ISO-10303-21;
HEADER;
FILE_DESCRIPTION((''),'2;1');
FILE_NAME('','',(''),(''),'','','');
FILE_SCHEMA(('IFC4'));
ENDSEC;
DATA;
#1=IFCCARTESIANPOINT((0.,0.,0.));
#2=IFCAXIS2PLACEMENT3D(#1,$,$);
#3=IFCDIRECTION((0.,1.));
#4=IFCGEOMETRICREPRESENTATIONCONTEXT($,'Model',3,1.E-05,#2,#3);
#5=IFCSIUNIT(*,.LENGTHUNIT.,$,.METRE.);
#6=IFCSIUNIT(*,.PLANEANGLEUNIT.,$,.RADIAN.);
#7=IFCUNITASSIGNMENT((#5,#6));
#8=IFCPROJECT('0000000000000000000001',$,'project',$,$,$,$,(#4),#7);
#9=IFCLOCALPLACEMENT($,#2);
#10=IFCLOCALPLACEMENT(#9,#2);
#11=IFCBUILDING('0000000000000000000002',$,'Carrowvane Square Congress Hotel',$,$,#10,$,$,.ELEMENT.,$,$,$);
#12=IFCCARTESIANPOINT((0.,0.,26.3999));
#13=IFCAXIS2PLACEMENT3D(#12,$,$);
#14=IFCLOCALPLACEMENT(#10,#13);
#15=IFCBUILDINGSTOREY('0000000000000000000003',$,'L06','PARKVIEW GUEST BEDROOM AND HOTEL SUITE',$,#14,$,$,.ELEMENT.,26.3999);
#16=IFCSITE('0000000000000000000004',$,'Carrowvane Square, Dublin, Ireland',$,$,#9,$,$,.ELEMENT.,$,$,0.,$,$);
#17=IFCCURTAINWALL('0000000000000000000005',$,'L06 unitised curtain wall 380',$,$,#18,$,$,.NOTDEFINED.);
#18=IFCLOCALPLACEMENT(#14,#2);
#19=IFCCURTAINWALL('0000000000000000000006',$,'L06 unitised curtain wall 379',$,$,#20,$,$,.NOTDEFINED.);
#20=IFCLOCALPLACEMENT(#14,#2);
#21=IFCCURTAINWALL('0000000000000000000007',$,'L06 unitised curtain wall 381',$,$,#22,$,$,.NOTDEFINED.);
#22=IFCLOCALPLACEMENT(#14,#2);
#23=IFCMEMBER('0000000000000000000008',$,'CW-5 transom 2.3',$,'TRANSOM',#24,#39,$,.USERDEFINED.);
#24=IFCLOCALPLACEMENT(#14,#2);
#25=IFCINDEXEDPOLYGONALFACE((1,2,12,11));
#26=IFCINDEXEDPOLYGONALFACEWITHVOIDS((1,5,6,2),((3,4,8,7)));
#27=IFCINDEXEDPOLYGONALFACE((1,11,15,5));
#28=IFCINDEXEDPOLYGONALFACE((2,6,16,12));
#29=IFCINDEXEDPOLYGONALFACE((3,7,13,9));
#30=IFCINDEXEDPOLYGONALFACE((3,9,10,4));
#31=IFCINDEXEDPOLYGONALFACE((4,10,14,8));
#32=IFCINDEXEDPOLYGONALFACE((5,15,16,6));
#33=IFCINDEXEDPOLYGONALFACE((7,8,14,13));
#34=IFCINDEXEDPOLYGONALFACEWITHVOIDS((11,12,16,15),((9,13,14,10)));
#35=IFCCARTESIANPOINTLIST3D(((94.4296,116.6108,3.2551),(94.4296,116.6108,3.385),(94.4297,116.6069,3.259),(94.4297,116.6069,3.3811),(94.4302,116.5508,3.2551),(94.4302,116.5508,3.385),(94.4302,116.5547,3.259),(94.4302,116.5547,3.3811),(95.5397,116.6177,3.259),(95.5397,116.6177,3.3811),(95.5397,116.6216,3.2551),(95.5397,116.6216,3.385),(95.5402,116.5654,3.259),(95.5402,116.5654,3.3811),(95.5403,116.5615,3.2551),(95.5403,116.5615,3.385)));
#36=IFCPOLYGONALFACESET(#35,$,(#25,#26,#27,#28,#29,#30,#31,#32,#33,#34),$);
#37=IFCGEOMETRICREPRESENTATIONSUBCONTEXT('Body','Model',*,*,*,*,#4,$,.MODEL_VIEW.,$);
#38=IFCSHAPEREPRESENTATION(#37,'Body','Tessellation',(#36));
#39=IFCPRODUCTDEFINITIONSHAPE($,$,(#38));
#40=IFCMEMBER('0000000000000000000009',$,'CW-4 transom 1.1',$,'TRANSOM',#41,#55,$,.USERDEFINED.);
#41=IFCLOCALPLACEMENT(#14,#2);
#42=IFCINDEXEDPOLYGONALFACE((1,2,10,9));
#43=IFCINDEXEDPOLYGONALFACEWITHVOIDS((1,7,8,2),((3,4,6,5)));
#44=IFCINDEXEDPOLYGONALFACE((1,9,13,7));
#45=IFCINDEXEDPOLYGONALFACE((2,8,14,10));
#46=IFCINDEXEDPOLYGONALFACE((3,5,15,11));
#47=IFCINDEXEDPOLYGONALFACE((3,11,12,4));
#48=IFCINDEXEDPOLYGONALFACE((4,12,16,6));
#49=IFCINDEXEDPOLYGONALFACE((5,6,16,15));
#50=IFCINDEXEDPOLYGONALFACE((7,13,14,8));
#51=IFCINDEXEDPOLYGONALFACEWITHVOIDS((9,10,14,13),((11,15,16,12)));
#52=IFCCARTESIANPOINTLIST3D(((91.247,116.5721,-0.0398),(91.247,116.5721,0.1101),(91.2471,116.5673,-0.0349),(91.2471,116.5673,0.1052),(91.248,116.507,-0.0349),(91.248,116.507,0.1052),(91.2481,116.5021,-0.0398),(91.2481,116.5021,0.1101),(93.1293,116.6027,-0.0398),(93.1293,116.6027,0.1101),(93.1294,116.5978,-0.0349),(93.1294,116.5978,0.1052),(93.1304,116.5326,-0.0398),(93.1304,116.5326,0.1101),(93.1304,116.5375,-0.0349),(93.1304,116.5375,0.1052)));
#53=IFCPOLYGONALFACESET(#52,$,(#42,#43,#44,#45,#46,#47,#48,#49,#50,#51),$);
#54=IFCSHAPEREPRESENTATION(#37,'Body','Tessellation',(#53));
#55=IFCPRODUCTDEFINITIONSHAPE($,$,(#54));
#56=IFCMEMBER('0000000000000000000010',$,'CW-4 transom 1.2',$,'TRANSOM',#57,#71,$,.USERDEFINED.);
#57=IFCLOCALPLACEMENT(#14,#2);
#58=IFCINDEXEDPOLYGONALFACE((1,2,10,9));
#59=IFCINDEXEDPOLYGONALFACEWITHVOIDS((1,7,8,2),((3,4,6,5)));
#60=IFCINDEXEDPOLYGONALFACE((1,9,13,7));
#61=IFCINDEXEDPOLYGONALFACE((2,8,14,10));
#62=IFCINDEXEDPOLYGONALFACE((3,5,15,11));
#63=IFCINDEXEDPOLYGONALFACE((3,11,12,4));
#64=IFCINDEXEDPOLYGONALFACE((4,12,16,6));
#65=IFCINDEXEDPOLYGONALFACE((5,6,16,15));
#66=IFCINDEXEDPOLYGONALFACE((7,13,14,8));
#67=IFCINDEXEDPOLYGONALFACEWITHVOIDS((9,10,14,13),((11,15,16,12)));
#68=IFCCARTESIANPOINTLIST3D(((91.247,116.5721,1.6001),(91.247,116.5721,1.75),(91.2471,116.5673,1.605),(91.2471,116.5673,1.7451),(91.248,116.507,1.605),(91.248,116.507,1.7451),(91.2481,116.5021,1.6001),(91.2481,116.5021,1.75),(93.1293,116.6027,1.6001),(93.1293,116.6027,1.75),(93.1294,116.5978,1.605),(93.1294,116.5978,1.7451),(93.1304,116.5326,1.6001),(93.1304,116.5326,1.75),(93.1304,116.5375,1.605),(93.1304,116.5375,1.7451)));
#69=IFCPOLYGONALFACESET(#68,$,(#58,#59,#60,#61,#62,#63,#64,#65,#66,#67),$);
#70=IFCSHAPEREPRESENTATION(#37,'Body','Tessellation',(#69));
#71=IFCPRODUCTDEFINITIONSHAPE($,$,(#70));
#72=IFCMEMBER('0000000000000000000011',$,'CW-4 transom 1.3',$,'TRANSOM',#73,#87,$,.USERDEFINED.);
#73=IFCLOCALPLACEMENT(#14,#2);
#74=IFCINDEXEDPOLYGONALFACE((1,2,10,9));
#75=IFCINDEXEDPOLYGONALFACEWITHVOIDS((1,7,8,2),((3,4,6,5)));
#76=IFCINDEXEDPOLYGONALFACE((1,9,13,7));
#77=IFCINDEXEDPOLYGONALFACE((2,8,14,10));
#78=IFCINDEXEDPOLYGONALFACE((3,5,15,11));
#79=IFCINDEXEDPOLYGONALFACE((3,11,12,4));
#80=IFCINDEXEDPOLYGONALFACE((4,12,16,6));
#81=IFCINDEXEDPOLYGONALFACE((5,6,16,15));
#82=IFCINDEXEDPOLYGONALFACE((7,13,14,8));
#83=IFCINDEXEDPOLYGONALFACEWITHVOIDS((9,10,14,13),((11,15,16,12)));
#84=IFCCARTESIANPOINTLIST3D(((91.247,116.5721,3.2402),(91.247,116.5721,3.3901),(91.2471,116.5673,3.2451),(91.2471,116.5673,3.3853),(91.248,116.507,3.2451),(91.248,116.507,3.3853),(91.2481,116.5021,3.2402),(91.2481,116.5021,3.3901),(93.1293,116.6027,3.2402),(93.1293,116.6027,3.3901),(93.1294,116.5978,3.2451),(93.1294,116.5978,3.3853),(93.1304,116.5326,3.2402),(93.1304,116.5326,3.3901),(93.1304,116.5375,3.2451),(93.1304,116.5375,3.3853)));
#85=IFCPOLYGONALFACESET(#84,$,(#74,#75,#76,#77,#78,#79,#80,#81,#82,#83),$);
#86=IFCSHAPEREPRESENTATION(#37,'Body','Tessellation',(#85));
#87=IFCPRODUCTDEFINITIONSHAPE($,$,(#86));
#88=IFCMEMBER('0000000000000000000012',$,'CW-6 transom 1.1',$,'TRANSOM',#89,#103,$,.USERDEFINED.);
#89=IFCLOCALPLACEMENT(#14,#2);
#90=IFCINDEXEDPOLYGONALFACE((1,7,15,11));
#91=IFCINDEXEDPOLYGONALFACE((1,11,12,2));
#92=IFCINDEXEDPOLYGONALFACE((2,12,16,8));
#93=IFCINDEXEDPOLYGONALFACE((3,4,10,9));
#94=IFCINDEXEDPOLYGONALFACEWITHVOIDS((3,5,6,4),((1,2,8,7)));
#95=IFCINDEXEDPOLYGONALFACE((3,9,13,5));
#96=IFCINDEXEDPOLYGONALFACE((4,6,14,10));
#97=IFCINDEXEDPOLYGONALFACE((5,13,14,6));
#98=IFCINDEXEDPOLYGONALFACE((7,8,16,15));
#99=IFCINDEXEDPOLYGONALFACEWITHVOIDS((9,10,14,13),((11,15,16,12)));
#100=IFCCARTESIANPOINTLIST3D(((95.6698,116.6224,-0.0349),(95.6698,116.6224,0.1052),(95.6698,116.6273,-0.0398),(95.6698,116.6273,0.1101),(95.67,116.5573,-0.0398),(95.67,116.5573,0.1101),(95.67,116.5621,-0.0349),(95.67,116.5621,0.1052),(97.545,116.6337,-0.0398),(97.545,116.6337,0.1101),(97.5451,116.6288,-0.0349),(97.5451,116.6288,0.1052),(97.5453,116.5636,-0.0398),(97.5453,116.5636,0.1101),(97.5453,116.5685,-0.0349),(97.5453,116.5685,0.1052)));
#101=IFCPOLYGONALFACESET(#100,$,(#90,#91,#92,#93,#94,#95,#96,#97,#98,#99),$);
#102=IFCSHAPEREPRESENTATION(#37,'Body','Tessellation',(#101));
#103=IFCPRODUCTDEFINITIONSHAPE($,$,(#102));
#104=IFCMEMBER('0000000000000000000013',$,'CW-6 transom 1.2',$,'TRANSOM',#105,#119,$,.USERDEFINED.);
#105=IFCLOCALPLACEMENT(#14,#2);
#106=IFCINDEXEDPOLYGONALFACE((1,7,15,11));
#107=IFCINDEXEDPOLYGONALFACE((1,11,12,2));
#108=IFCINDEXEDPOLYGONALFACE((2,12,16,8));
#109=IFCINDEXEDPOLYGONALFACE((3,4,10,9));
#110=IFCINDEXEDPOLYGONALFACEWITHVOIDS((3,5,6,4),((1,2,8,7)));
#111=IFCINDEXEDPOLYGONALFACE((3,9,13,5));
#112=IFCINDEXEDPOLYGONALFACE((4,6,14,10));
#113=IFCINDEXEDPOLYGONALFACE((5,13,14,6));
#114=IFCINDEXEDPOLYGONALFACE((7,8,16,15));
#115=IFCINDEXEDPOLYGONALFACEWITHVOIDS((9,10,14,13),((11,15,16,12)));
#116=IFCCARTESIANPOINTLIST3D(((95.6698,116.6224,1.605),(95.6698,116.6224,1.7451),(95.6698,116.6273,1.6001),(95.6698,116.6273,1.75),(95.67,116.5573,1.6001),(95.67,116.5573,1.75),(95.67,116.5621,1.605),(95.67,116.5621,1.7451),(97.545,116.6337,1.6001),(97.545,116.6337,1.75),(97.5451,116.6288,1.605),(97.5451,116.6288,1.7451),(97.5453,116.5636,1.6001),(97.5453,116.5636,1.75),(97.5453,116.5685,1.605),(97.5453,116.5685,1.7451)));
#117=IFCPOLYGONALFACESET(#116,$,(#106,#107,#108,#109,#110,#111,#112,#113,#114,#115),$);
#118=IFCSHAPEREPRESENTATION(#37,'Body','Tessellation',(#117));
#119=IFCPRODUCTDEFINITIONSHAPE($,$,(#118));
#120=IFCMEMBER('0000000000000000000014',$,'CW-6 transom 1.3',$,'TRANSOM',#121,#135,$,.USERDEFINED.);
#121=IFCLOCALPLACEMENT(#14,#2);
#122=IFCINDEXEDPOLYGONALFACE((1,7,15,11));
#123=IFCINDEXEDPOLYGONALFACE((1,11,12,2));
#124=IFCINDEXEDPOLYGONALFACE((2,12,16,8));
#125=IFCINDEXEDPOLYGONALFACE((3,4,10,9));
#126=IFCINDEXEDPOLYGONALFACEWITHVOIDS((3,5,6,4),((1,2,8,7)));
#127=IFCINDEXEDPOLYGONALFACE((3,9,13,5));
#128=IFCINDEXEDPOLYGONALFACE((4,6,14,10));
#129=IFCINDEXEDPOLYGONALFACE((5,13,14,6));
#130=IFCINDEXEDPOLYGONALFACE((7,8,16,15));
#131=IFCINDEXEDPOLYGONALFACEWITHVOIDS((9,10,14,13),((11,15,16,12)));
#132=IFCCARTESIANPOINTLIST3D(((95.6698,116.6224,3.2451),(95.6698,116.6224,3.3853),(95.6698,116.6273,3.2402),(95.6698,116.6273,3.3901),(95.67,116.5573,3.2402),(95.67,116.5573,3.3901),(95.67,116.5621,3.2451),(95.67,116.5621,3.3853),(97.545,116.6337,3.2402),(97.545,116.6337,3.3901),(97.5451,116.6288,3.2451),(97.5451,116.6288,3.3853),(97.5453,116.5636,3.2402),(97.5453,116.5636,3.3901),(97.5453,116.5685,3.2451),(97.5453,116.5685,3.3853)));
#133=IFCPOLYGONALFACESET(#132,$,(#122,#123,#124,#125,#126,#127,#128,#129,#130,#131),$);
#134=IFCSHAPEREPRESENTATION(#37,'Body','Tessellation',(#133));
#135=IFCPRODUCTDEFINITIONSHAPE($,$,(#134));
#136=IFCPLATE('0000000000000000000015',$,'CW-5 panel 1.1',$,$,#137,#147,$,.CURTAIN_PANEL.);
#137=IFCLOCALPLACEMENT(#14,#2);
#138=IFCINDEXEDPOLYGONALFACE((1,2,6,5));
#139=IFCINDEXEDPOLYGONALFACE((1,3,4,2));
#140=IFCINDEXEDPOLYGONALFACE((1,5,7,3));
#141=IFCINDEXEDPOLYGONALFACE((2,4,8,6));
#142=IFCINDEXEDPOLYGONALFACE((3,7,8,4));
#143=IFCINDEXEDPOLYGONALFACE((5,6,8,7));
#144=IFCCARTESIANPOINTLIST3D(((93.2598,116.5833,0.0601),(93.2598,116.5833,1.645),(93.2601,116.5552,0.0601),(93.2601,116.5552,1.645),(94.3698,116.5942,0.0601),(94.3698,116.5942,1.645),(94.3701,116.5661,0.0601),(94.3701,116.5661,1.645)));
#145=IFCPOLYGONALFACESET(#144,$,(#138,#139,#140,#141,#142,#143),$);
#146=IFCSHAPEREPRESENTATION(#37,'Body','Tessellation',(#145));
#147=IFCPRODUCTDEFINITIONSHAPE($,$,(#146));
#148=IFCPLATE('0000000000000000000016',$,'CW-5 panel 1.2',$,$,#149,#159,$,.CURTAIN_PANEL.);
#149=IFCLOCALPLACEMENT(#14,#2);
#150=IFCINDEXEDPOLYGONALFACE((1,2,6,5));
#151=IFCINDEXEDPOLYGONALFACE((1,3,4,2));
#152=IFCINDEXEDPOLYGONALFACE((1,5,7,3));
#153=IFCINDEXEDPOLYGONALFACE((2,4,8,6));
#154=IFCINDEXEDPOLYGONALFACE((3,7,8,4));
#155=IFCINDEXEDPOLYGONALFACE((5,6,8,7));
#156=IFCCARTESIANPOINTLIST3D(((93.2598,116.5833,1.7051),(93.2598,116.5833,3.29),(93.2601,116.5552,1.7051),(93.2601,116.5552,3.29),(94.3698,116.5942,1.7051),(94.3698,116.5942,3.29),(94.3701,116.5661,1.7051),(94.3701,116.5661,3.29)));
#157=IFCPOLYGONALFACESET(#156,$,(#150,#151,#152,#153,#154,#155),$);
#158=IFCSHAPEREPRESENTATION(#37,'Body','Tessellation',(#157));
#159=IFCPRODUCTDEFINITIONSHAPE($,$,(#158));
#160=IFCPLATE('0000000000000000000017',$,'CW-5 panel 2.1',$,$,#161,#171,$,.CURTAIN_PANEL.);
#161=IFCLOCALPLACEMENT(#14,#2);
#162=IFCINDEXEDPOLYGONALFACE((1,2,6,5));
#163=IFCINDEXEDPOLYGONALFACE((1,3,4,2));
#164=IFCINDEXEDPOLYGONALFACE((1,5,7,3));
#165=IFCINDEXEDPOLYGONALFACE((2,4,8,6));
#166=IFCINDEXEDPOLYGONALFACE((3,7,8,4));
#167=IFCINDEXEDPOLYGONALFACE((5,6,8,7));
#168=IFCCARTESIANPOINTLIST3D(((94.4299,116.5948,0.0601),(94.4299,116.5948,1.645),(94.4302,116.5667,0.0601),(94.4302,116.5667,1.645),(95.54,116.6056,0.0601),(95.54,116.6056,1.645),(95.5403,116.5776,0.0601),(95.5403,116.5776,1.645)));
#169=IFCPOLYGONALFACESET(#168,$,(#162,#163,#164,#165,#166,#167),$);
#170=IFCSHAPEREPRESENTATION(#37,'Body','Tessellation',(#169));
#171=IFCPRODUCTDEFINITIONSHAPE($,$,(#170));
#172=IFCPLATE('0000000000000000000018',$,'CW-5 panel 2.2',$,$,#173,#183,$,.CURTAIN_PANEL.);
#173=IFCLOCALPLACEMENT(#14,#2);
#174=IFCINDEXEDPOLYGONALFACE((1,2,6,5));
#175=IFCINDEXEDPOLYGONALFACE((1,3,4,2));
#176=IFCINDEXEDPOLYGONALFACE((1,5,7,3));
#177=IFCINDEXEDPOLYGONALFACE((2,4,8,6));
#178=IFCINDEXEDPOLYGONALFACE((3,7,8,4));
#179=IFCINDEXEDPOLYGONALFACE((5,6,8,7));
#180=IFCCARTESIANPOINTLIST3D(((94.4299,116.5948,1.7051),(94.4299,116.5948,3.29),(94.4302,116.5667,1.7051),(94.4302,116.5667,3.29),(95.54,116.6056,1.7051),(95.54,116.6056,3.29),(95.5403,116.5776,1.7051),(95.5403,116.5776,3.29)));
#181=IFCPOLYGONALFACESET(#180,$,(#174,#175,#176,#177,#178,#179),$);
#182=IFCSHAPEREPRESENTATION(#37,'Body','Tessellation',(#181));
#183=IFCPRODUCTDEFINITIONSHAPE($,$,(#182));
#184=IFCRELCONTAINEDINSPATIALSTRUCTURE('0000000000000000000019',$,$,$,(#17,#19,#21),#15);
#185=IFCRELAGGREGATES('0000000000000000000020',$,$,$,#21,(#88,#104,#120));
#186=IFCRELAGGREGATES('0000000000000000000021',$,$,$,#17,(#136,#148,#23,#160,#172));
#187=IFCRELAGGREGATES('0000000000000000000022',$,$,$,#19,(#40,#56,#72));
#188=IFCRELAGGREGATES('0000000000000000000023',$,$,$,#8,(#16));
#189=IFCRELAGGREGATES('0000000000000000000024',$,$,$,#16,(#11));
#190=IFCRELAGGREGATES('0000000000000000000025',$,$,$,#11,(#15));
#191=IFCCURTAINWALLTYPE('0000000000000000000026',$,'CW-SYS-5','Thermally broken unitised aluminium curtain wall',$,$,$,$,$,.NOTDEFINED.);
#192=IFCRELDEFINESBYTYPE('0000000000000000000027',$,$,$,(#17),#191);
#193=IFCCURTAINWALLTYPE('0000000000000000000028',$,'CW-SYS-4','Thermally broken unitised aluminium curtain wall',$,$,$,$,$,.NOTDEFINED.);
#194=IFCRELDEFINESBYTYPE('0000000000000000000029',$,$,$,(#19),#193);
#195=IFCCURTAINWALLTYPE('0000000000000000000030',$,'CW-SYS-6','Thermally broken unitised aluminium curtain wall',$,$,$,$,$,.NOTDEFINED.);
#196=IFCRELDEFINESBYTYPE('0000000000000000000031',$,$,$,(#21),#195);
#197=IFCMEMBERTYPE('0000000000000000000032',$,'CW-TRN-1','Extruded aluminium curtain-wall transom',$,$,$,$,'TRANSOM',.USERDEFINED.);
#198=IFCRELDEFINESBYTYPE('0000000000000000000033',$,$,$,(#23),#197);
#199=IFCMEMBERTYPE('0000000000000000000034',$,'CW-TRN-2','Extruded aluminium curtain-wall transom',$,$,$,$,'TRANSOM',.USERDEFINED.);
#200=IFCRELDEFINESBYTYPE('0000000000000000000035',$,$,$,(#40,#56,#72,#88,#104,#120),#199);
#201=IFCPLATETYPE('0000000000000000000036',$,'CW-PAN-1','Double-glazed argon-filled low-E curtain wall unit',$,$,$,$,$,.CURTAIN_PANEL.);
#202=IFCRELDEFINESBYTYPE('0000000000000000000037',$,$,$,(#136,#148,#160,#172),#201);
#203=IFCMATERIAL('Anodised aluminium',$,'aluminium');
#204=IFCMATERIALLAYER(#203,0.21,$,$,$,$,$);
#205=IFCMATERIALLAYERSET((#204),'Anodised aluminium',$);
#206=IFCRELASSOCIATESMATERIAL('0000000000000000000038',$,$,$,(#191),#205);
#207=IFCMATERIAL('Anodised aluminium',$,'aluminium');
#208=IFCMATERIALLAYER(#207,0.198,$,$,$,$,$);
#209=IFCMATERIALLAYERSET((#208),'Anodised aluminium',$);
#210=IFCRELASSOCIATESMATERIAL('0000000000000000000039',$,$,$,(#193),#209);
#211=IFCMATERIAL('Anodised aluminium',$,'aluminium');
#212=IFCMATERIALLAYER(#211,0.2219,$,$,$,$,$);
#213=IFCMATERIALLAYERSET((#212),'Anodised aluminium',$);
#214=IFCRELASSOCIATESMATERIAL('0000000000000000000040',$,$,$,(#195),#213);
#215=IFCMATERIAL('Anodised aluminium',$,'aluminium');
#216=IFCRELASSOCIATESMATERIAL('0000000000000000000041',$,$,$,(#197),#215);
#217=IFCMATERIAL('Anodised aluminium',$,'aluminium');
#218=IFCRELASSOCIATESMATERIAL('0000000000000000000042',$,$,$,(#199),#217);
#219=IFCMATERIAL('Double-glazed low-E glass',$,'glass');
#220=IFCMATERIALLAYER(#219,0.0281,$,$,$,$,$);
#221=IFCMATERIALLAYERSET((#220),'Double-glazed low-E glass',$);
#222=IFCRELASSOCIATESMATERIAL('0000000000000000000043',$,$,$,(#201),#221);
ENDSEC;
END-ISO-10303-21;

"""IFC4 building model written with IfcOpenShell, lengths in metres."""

from ifc_helpers import new_model, si_unit, direction, frame, origin, origin_2d, place, context, subcontext, project, spatial, rectangle, hollow_rectangle, extrude, material, layer, layer_set, material_profile, profile_set, type_object, element, aggregate, save


model = new_model("IFC4")

# Units and contexts
model_context = context("Model", 3, precision=1e-05, world=origin(), true_north=direction((0.0, 1.0)))
body_context = subcontext(model_context, "Body", "Model", "MODEL_VIEW")
ifc_project = project(units=[si_unit("LENGTHUNIT", "METRE"), si_unit("PLANEANGLEUNIT", "RADIAN")], contexts=[model_context])

# Site, building, storey
site_placement = place(None, origin())
site = spatial("IfcSite", under=ifc_project, at=site_placement, Name="Carrowvane Square, Dublin, Ireland", CompositionType="ELEMENT", RefElevation=0.0)
building_placement = place(site_placement, origin())
building = spatial("IfcBuilding", under=site, at=building_placement, Name="Carrowvane Square Congress Hotel", CompositionType="ELEMENT")
storey_placement = place(building_placement, frame((0.0, 0.0, 26.3999)))
storey = spatial("IfcBuildingStorey", under=building, at=storey_placement, Name="L06", Description="PARKVIEW GUEST BEDROOM AND HOTEL SUITE", CompositionType="ELEMENT", Elevation=26.3999)

# Curtain walls
ifc_material_1 = material(Name="Anodised aluminium", Category="aluminium")
ifc_layer_1 = layer(ifc_material_1, 0.21)
ifc_layer_set_1 = layer_set([ifc_layer_1], Name="Anodised aluminium")
curtain_wall_type_1 = type_object("IfcCurtainWallType", Name="CW-SYS-5", Description="Thermally broken unitised aluminium curtain wall", PredefinedType="NOTDEFINED", material=ifc_layer_set_1)
curtain_wall_1_placement = place(storey_placement, origin())
curtain_wall_1 = element("IfcCurtainWall", 1, at=curtain_wall_1_placement, inside=storey, type_object=curtain_wall_type_1, Name="L06 unitised curtain wall 380", PredefinedType="NOTDEFINED")
ifc_material_2 = material(Name="Anodised aluminium", Category="aluminium")
ifc_layer_2 = layer(ifc_material_2, 0.198)
ifc_layer_set_2 = layer_set([ifc_layer_2], Name="Anodised aluminium")
curtain_wall_type_2 = type_object("IfcCurtainWallType", Name="CW-SYS-4", Description="Thermally broken unitised aluminium curtain wall", PredefinedType="NOTDEFINED", material=ifc_layer_set_2)
curtain_wall_2_placement = place(storey_placement, origin())
curtain_wall_2 = element("IfcCurtainWall", 2, at=curtain_wall_2_placement, inside=storey, type_object=curtain_wall_type_2, Name="L06 unitised curtain wall 379", PredefinedType="NOTDEFINED")

# Curtain wall
ifc_material_3 = material(Name="Anodised aluminium", Category="aluminium")
ifc_layer_3 = layer(ifc_material_3, 0.2219)
ifc_layer_set_3 = layer_set([ifc_layer_3], Name="Anodised aluminium")
curtain_wall_type_3 = type_object("IfcCurtainWallType", Name="CW-SYS-6", Description="Thermally broken unitised aluminium curtain wall", PredefinedType="NOTDEFINED", material=ifc_layer_set_3)
curtain_wall_3_placement = place(storey_placement, origin())
curtain_wall_3 = element("IfcCurtainWall", 3, at=curtain_wall_3_placement, inside=storey, type_object=curtain_wall_type_3, Name="L06 unitised curtain wall 381", PredefinedType="NOTDEFINED")

# Members
ifc_material_4 = material(Name="Anodised aluminium", Category="aluminium")
ifc_material_profile_1 = material_profile(ifc_material_4, hollow_rectangle(XDim=0.0601, YDim=0.1299, WallThickness=0.0039, at=origin_2d()), Name="CW-TR 60x130x4")
ifc_profile_set_1 = profile_set([ifc_material_profile_1], Name="Anodised aluminium")
member_type_1 = type_object("IfcMemberType", Name="CW-TRN-1", Description="Extruded aluminium curtain-wall transom", ElementType="TRANSOM", PredefinedType="USERDEFINED", material=ifc_profile_set_1)
member_1_placement = place(storey_placement, frame((94.4299, 116.5808, 3.3201), z_axis=(0.999953, 0.009676, 0.0), x_axis=(-0.009676, 0.999953, 0.0)))
member_1 = element("IfcMember", 4, at=member_1_placement, type_object=member_type_1, Name="CW-5 transom 2.3", ObjectType="TRANSOM", PredefinedType="USERDEFINED", context=body_context, shape_type="SweptSolid", body=[
    extrude(hollow_rectangle(XDim=0.0601, YDim=0.1299, WallThickness=0.0039, at=origin_2d()), origin(), (0.0, 0.0, 1.0), 1.1101),
])
ifc_material_5 = material(Name="Anodised aluminium", Category="aluminium")
ifc_material_profile_2 = material_profile(ifc_material_5, hollow_rectangle(XDim=0.0701, YDim=0.1499, WallThickness=0.0049, at=origin_2d()), Name="CW-TR 70x150x5")
ifc_profile_set_2 = profile_set([ifc_material_profile_2], Name="Anodised aluminium")
member_type_2 = type_object("IfcMemberType", Name="CW-TRN-2", Description="Extruded aluminium curtain-wall transom", ElementType="TRANSOM", PredefinedType="USERDEFINED", material=ifc_profile_set_2)
member_2_placement = place(storey_placement, frame((91.2476, 116.5371, 0.0352), z_axis=(0.999869, 0.016211, 0.0), x_axis=(-0.016211, 0.999869, 0.0)))
member_2 = element("IfcMember", 5, at=member_2_placement, type_object=member_type_2, Name="CW-4 transom 1.1", ObjectType="TRANSOM", PredefinedType="USERDEFINED", context=body_context, shape_type="SweptSolid", body=[
    extrude(hollow_rectangle(XDim=0.0701, YDim=0.1499, WallThickness=0.0049, at=origin_2d()), origin(), (0.0, 0.0, 1.0), 1.8826),
])
member_3_placement = place(storey_placement, frame((91.2476, 116.5371, 1.675), z_axis=(0.999869, 0.016211, 0.0), x_axis=(-0.016211, 0.999869, 0.0)))
member_3 = element("IfcMember", 6, at=member_3_placement, type_object=member_type_2, Name="CW-4 transom 1.2", ObjectType="TRANSOM", PredefinedType="USERDEFINED", context=body_context, shape_type="SweptSolid", body=[
    extrude(hollow_rectangle(XDim=0.0701, YDim=0.1499, WallThickness=0.0049, at=origin_2d()), origin(), (0.0, 0.0, 1.0), 1.8826),
])
member_4_placement = place(storey_placement, frame((91.2476, 116.5371, 3.3152), z_axis=(0.999869, 0.016211, 0.0), x_axis=(-0.016211, 0.999869, 0.0)))
member_4 = element("IfcMember", 7, at=member_4_placement, type_object=member_type_2, Name="CW-4 transom 1.3", ObjectType="TRANSOM", PredefinedType="USERDEFINED", context=body_context, shape_type="SweptSolid", body=[
    extrude(hollow_rectangle(XDim=0.0701, YDim=0.1499, WallThickness=0.0049, at=origin_2d()), origin(), (0.0, 0.0, 1.0), 1.8826),
])
member_5_placement = place(storey_placement, frame((95.6699, 116.5923, 0.0352), z_axis=(0.999994, 0.003385, 0.0), x_axis=(-0.003385, 0.999994, 0.0)))
member_5 = element("IfcMember", 8, at=member_5_placement, type_object=member_type_2, Name="CW-6 transom 1.1", ObjectType="TRANSOM", PredefinedType="USERDEFINED", context=body_context, shape_type="SweptSolid", body=[
    extrude(hollow_rectangle(XDim=0.0701, YDim=0.1499, WallThickness=0.0049, at=origin_2d()), origin(), (0.0, 0.0, 1.0), 1.8752),
])
member_6_placement = place(storey_placement, frame((95.6699, 116.5923, 1.675), z_axis=(0.999994, 0.003385, 0.0), x_axis=(-0.003385, 0.999994, 0.0)))
member_6 = element("IfcMember", 9, at=member_6_placement, type_object=member_type_2, Name="CW-6 transom 1.2", ObjectType="TRANSOM", PredefinedType="USERDEFINED", context=body_context, shape_type="SweptSolid", body=[
    extrude(hollow_rectangle(XDim=0.0701, YDim=0.1499, WallThickness=0.0049, at=origin_2d()), origin(), (0.0, 0.0, 1.0), 1.8752),
])
member_7_placement = place(storey_placement, frame((95.6699, 116.5923, 3.3152), z_axis=(0.999994, 0.003385, 0.0), x_axis=(-0.003385, 0.999994, 0.0)))
member_7 = element("IfcMember", 10, at=member_7_placement, type_object=member_type_2, Name="CW-6 transom 1.3", ObjectType="TRANSOM", PredefinedType="USERDEFINED", context=body_context, shape_type="SweptSolid", body=[
    extrude(hollow_rectangle(XDim=0.0701, YDim=0.1499, WallThickness=0.0049, at=origin_2d()), origin(), (0.0, 0.0, 1.0), 1.8752),
])
aggregate(curtain_wall_3, [member_5, member_6, member_7])

# Plates
ifc_material_6 = material(Name="Double-glazed low-E glass", Category="glass")
ifc_layer_4 = layer(ifc_material_6, 0.0281)
ifc_layer_set_4 = layer_set([ifc_layer_4], Name="Double-glazed low-E glass")
plate_type_1 = type_object("IfcPlateType", Name="CW-PAN-1", Description="Double-glazed argon-filled low-E curtain wall unit", PredefinedType="CURTAIN_PANEL", material=ifc_layer_set_4)
plate_1_placement = place(storey_placement, frame((93.8149, 116.5747, 0.0601), z_axis=(0.0, 0.0, 1.0), x_axis=(0.999952, 0.009783, 0.0)))
plate_1 = element("IfcPlate", 11, at=plate_1_placement, type_object=plate_type_1, Name="CW-5 panel 1.1", PredefinedType="CURTAIN_PANEL", context=body_context, shape_type="SweptSolid", body=[
    extrude(rectangle(XDim=1.1101, YDim=0.0281, at=origin_2d()), origin(), (0.0, 0.0, 1.0), 1.585),
])
plate_2_placement = place(storey_placement, frame((93.8149, 116.5747, 1.7051), z_axis=(0.0, 0.0, 1.0), x_axis=(0.999952, 0.009783, 0.0)))
plate_2 = element("IfcPlate", 12, at=plate_2_placement, type_object=plate_type_1, Name="CW-5 panel 1.2", PredefinedType="CURTAIN_PANEL", context=body_context, shape_type="SweptSolid", body=[
    extrude(rectangle(XDim=1.1101, YDim=0.0281, at=origin_2d()), origin(), (0.0, 0.0, 1.0), 1.585),
])
plate_3_placement = place(storey_placement, frame((94.9851, 116.5862, 0.0601), z_axis=(0.0, 0.0, 1.0), x_axis=(0.999952, 0.009783, 0.0)))
plate_3 = element("IfcPlate", 13, at=plate_3_placement, type_object=plate_type_1, Name="CW-5 panel 2.1", PredefinedType="CURTAIN_PANEL", context=body_context, shape_type="SweptSolid", body=[
    extrude(rectangle(XDim=1.1101, YDim=0.0281, at=origin_2d()), origin(), (0.0, 0.0, 1.0), 1.585),
])
plate_4_placement = place(storey_placement, frame((94.9851, 116.5862, 1.7051), z_axis=(0.0, 0.0, 1.0), x_axis=(0.999952, 0.009783, 0.0)))
plate_4 = element("IfcPlate", 14, at=plate_4_placement, type_object=plate_type_1, Name="CW-5 panel 2.2", PredefinedType="CURTAIN_PANEL", context=body_context, shape_type="SweptSolid", body=[
    extrude(rectangle(XDim=1.1101, YDim=0.0281, at=origin_2d()), origin(), (0.0, 0.0, 1.0), 1.585),
])
aggregate(curtain_wall_1, [plate_1, plate_2, member_1, plate_3, plate_4])
aggregate(curtain_wall_2, [member_2, member_3, member_4])

save(model, "model.ifc")
